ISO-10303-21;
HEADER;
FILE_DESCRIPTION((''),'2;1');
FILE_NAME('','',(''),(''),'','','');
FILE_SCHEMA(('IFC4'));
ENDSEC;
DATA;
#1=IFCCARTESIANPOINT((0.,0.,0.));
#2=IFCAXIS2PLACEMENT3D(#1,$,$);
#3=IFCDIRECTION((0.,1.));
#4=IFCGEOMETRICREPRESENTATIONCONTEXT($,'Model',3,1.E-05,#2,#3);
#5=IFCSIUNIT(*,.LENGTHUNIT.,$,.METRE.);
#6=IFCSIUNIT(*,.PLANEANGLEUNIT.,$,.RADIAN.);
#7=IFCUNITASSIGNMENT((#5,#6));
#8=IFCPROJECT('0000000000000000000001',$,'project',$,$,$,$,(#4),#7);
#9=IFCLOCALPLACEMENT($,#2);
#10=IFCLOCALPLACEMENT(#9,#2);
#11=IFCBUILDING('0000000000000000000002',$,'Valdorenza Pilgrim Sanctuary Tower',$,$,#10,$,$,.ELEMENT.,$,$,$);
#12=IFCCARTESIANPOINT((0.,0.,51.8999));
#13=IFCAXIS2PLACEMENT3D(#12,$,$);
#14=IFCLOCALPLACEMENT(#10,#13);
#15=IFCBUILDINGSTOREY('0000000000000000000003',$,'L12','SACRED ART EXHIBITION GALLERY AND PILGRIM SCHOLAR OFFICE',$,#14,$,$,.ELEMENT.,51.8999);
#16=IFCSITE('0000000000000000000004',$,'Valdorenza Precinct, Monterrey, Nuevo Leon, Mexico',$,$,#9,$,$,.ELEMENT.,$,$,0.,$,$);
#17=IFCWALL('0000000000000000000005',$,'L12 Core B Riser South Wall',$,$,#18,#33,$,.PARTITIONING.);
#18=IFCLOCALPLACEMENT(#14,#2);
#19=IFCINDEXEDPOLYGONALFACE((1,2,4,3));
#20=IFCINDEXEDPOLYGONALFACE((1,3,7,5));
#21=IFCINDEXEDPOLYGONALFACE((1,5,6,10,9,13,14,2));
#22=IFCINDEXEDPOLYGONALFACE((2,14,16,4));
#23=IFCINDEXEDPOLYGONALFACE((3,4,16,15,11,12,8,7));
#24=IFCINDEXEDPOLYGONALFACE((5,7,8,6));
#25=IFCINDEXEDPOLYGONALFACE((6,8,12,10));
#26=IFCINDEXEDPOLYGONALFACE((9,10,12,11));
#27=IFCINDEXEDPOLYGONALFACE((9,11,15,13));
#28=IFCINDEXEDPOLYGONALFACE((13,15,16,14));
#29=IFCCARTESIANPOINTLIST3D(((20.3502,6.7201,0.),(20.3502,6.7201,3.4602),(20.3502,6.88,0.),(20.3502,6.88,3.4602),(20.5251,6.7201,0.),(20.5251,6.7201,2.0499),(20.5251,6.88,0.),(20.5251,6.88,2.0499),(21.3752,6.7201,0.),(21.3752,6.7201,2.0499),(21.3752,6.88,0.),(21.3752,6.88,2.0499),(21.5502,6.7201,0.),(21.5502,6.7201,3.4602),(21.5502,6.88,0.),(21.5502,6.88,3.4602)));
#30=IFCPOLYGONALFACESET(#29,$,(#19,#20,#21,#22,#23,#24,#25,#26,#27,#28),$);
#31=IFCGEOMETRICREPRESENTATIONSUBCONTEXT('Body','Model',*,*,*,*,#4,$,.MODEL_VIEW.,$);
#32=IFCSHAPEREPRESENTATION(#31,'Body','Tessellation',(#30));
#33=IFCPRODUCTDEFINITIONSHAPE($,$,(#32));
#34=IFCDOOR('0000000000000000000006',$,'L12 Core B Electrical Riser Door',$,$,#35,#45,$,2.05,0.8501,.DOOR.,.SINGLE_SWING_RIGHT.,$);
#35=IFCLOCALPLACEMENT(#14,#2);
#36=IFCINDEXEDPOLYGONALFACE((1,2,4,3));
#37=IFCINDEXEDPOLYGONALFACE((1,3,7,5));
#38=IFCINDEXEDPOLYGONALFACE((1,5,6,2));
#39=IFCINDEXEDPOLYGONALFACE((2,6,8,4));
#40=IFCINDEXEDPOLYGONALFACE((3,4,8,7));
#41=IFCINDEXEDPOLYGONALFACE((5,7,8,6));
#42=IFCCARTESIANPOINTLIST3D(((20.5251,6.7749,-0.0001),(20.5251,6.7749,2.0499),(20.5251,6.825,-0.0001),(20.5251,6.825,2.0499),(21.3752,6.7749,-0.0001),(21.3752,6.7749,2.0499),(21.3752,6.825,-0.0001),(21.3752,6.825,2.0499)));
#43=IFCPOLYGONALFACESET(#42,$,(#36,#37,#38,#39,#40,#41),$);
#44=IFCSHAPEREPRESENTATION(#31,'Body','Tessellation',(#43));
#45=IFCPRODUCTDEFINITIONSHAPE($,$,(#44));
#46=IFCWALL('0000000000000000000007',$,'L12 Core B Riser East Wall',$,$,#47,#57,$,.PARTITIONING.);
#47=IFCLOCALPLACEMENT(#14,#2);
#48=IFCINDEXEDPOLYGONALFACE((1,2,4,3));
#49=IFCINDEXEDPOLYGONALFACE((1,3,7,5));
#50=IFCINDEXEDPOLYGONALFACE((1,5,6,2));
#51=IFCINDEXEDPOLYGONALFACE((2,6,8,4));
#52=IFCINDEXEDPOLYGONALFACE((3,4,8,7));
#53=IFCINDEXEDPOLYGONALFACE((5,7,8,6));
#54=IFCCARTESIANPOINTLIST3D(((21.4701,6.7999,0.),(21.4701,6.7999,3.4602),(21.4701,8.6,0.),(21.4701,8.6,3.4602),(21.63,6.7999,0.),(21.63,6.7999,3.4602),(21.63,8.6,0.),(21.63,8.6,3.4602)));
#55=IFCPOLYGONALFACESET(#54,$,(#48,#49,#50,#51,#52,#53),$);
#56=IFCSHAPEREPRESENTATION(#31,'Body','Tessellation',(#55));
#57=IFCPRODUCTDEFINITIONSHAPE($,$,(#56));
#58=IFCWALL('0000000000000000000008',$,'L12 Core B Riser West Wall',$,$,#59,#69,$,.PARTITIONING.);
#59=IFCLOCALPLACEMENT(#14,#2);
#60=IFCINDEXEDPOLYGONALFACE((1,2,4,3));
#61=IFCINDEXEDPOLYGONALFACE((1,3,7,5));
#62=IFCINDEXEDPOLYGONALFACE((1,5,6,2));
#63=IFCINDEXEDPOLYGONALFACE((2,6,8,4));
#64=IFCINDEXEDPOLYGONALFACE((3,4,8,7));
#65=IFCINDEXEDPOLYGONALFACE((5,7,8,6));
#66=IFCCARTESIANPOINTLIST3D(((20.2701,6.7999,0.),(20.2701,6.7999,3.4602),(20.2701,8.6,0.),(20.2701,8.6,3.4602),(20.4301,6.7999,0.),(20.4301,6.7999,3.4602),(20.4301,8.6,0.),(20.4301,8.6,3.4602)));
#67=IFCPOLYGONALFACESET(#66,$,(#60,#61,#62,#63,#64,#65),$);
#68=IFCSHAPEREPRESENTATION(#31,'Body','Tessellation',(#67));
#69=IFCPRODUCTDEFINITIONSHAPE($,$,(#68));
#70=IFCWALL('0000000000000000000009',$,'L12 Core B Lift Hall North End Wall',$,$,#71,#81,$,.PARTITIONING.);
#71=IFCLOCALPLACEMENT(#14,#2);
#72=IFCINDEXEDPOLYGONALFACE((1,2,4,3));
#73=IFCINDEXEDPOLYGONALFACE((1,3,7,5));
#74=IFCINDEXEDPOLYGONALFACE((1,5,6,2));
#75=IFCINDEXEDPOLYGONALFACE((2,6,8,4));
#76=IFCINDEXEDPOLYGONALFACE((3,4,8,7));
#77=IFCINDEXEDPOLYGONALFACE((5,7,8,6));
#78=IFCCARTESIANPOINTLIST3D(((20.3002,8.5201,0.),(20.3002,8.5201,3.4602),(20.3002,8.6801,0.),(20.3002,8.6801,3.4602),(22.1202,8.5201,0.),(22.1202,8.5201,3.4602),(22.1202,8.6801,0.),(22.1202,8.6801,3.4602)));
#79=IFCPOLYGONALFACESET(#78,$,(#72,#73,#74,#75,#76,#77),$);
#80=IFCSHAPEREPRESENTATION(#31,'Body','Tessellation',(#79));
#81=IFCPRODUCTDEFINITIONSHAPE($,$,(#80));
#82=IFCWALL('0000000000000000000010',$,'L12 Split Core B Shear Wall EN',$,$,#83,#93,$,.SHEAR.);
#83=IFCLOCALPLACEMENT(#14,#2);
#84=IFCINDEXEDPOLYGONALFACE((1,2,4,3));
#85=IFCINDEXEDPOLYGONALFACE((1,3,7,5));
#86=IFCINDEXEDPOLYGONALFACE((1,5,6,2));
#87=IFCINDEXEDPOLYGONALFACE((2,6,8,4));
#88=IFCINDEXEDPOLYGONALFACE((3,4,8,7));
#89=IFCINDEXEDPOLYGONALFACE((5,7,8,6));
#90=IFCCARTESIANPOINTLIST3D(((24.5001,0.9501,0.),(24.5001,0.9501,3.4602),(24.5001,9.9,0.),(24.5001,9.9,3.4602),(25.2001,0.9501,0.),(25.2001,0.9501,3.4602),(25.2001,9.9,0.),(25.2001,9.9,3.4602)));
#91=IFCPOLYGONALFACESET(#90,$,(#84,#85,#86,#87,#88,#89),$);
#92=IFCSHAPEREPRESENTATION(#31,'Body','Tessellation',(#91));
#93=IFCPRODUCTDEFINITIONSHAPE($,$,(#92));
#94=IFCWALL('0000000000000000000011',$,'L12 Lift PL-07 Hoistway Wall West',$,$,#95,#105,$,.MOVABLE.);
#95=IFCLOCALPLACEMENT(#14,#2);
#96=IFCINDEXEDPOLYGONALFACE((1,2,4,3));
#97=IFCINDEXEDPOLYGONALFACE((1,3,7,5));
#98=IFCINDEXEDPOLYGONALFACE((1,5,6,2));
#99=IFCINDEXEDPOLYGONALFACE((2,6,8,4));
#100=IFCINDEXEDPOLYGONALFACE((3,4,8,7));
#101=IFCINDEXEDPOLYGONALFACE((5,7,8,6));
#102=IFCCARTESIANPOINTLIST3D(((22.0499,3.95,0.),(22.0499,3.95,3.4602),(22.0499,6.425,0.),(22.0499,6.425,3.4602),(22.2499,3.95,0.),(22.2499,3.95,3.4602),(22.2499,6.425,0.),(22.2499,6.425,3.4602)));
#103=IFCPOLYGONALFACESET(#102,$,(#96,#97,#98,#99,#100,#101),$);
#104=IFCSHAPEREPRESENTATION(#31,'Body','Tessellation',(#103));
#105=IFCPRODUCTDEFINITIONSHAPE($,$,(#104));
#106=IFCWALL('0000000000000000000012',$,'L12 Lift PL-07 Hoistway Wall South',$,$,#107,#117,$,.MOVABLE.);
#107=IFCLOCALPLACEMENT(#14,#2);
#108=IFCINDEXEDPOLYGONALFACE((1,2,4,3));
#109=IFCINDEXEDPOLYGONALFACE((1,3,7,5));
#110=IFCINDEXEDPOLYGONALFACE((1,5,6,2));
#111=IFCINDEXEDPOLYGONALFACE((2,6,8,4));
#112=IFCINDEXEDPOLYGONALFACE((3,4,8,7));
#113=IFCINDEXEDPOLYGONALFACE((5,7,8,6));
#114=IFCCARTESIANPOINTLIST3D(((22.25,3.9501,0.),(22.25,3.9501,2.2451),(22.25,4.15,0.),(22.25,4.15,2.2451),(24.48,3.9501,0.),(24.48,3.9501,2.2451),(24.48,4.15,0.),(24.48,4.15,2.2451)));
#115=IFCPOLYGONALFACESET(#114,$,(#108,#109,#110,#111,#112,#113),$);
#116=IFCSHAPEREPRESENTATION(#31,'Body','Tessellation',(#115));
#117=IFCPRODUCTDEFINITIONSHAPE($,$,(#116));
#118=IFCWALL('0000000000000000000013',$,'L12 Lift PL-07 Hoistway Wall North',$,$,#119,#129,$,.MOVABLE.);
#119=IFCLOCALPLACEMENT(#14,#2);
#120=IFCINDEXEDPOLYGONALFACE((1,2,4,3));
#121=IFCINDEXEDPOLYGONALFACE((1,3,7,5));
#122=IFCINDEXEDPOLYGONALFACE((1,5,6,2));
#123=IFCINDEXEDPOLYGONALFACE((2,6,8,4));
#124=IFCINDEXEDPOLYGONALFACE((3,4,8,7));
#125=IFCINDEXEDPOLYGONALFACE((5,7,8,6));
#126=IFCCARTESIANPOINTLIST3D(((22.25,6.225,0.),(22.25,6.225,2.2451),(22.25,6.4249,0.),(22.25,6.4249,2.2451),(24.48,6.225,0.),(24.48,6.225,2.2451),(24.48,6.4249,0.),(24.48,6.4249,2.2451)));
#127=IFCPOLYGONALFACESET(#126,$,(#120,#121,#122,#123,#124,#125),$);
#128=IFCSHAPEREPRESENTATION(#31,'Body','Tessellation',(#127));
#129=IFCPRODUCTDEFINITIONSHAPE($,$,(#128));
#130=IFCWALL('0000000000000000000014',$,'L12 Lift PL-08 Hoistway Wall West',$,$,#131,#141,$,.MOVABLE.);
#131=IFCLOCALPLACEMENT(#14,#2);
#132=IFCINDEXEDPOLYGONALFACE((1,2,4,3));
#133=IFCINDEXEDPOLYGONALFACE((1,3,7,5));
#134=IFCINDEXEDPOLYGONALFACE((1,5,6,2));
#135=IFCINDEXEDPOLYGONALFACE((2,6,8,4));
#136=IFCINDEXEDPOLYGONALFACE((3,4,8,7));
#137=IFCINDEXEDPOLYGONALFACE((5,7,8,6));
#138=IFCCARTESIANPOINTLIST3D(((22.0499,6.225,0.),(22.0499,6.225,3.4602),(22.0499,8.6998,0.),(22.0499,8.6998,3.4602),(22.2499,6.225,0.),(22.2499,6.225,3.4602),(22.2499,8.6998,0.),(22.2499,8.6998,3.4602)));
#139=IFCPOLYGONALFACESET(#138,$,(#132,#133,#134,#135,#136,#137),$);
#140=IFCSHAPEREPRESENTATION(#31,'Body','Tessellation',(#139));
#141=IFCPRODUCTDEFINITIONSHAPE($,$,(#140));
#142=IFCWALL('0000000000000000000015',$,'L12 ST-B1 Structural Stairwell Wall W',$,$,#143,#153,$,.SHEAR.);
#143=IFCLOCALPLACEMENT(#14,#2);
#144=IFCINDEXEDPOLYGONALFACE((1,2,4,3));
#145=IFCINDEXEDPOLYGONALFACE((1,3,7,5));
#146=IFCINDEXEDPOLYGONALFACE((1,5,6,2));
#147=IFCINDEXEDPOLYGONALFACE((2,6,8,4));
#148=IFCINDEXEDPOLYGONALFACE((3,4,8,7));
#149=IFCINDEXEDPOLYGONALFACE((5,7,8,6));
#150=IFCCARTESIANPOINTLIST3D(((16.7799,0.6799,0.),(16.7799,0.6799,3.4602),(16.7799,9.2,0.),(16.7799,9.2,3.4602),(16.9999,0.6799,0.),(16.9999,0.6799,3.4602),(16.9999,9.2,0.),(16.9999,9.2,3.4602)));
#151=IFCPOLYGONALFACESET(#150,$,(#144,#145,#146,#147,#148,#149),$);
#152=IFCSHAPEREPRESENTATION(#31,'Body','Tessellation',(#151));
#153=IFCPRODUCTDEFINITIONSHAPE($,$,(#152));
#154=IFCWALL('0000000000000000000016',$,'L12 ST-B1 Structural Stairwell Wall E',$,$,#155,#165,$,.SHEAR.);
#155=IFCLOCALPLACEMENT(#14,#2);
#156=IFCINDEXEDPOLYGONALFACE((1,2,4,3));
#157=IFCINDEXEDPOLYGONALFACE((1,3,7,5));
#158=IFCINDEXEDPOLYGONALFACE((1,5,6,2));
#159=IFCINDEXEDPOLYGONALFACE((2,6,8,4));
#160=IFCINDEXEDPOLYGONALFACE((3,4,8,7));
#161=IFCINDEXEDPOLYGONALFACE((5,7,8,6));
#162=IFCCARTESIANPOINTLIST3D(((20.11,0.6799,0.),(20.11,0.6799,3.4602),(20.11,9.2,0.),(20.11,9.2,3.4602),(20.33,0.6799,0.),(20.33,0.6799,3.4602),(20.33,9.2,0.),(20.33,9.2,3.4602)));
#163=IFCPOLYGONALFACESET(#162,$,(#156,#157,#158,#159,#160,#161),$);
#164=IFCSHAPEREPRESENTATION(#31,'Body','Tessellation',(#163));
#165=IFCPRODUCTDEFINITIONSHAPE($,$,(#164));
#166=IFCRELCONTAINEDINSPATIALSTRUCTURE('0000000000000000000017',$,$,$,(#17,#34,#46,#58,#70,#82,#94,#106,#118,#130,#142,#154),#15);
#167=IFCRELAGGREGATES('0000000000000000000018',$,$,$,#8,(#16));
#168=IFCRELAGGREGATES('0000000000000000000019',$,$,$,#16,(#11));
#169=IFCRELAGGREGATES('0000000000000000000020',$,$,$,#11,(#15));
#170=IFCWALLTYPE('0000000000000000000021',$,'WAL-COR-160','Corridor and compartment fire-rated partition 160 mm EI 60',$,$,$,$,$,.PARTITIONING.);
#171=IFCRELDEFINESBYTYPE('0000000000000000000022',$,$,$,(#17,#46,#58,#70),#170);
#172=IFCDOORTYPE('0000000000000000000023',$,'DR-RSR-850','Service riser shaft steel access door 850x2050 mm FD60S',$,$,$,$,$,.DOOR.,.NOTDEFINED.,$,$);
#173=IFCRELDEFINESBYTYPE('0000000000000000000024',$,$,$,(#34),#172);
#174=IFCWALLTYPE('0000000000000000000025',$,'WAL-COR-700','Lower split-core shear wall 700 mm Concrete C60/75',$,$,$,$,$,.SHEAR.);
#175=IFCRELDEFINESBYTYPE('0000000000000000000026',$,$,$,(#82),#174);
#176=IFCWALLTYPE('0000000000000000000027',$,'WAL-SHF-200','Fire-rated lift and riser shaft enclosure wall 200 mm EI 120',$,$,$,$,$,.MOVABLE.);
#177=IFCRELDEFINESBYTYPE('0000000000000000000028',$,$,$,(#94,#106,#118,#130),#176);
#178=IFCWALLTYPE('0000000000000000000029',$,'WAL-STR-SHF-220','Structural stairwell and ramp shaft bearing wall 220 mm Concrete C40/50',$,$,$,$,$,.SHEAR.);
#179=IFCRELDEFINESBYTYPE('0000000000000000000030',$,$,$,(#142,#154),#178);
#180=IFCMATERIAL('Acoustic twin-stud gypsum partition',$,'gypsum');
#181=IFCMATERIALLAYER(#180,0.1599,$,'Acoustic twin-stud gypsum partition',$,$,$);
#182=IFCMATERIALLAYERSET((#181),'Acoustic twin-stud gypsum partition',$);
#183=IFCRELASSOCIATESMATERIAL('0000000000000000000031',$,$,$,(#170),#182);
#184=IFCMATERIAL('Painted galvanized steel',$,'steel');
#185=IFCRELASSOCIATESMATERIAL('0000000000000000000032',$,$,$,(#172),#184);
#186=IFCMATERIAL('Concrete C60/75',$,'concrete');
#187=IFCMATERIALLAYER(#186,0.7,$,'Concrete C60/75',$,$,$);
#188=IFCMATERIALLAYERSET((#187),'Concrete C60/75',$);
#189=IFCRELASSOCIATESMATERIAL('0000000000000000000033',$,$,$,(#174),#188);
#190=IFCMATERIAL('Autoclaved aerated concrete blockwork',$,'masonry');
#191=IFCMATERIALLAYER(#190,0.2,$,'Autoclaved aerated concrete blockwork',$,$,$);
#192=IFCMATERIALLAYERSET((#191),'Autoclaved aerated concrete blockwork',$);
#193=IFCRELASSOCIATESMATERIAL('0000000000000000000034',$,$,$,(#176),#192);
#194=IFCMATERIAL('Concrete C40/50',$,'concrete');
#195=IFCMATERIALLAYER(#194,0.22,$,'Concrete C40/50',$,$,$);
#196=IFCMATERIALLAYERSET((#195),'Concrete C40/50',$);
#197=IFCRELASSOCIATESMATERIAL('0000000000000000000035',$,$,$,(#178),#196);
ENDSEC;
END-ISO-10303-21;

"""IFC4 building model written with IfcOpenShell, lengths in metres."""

from ifc_helpers import new_model, si_unit, direction, frame, frame_2d, origin, place, context, subcontext, project, spatial, rectangle, extrude, material, layer, layer_set, type_object, element, fill, save


model = new_model("IFC4")

# Units and contexts
model_context = context("Model", 3, precision=1e-05, world=origin(), true_north=direction((0.0, 1.0)))
body_context = subcontext(model_context, "Body", "Model", "MODEL_VIEW")
ifc_project = project(units=[si_unit("LENGTHUNIT", "METRE"), si_unit("PLANEANGLEUNIT", "RADIAN")], contexts=[model_context])

# Site, building, storey
site_placement = place(None, origin())
site = spatial("IfcSite", under=ifc_project, at=site_placement, Name="Valdorenza Precinct, Monterrey, Nuevo Leon, Mexico", CompositionType="ELEMENT", RefElevation=0.0)
building_placement = place(site_placement, origin())
building = spatial("IfcBuilding", under=site, at=building_placement, Name="Valdorenza Pilgrim Sanctuary Tower", CompositionType="ELEMENT")
storey_placement = place(building_placement, frame((0.0, 0.0, 51.8999)))
storey = spatial("IfcBuildingStorey", under=building, at=storey_placement, Name="L12", Description="SACRED ART EXHIBITION GALLERY AND PILGRIM SCHOLAR OFFICE", CompositionType="ELEMENT", Elevation=51.8999)

# Wall, opening, door
ifc_material_1 = material(Name="Acoustic twin-stud gypsum partition", Category="gypsum")
ifc_layer_1 = layer(ifc_material_1, 0.1599, Name="Acoustic twin-stud gypsum partition")
ifc_layer_set_1 = layer_set([ifc_layer_1], Name="Acoustic twin-stud gypsum partition")
wall_type_1 = type_object("IfcWallType", Name="WAL-COR-160", Description="Corridor and compartment fire-rated partition 160 mm EI 60", PredefinedType="PARTITIONING", material=ifc_layer_set_1)
wall_1_placement = place(storey_placement, frame((20.3501, 6.8, 0.0), z_axis=(0.0, 0.0, 1.0), x_axis=(1.0, 0.0, 0.0)))
wall_1 = element("IfcWall", 1, at=wall_1_placement, inside=storey, type_object=wall_type_1, Name="L12 Core B Riser South Wall", PredefinedType="PARTITIONING", context=body_context, shape_type="SweptSolid", body=[
    extrude(rectangle(XDim=1.2, YDim=0.1599, at=frame_2d((0.6001, 0.0))), origin(), (0.0, 0.0, 1.0), 3.4602),
])
opening_1_placement = place(wall_1_placement, frame((0.175, 0.0, 0.0)))
opening_1 = element("IfcOpeningElement", 2, at=opening_1_placement, cuts=wall_1, PredefinedType="OPENING", context=body_context, shape_type="SweptSolid", body=[
    extrude(rectangle(XDim=0.8501, YDim=2.05, at=frame_2d((0.425, 1.0249))), frame((0.0, 0.0947, 0.0), z_axis=(0.0, -1.0, 0.0), x_axis=(1.0, 0.0, 0.0)), (0.0, 0.0, 1.0), 0.1897),
])
ifc_material_2 = material(Name="Painted galvanized steel", Category="steel")
door_type_1 = type_object("IfcDoorType", Name="DR-RSR-850", Description="Service riser shaft steel access door 850x2050 mm FD60S", OperationType="NOTDEFINED", PredefinedType="DOOR", material=ifc_material_2)
door_1_placement = place(opening_1_placement, origin())
door_1 = element("IfcDoor", 3, at=door_1_placement, inside=storey, type_object=door_type_1, Name="L12 Core B Electrical Riser Door", OperationType="SINGLE_SWING_RIGHT", OverallHeight=2.05, OverallWidth=0.8501, PredefinedType="DOOR", context=body_context, shape_type="SweptSolid", body=[
    extrude(rectangle(XDim=0.8501, YDim=2.05, at=frame_2d((0.425, 1.0249))), frame((0.0, 0.0249, 0.0), z_axis=(0.0, -1.0, 0.0), x_axis=(1.0, 0.0, 0.0)), (0.0, 0.0, 1.0), 0.05),
])
fill(opening_1, door_1)

# Walls
for number, where, z_axis, x_axis, name in (
    (4, (21.55, 6.8, 0.0), (0.0, 0.0, 1.0), (0.0, 1.0, 0.0), "L12 Core B Riser East Wall"),
    (5, (20.3501, 6.8, 0.0), (0.0, 0.0, 1.0), (0.0, 1.0, 0.0), "L12 Core B Riser West Wall"),
):
    element("IfcWall", number, at=place(storey_placement, frame(where, z_axis=z_axis, x_axis=x_axis)), inside=storey, type_object=wall_type_1, Name=name, PredefinedType="PARTITIONING", context=body_context, shape_type="SweptSolid", body=[
        extrude(rectangle(XDim=1.8, YDim=0.1599, at=frame_2d((0.8999, 0.0))), origin(), (0.0, 0.0, 1.0), 3.4602),
    ])
wall_2_placement = place(storey_placement, frame((20.3, 8.6001, 0.0), z_axis=(0.0, 0.0, 1.0), x_axis=(1.0, 0.0, 0.0)))
element("IfcWall", 6, at=wall_2_placement, inside=storey, type_object=wall_type_1, Name="L12 Core B Lift Hall North End Wall", PredefinedType="PARTITIONING", context=body_context, shape_type="SweptSolid", body=[
    extrude(rectangle(XDim=1.8201, YDim=0.1599, at=frame_2d((0.9102, 0.0))), origin(), (0.0, 0.0, 1.0), 3.4602),
])
ifc_material_3 = material(Name="Concrete C60/75", Category="concrete")
ifc_layer_2 = layer(ifc_material_3, 0.7, Name="Concrete C60/75")
ifc_layer_set_2 = layer_set([ifc_layer_2], Name="Concrete C60/75")
wall_type_2 = type_object("IfcWallType", Name="WAL-COR-700", Description="Lower split-core shear wall 700 mm Concrete C60/75", PredefinedType="SHEAR", material=ifc_layer_set_2)
wall_3_placement = place(storey_placement, frame((24.8501, 0.95, 0.0), z_axis=(0.0, 0.0, 1.0), x_axis=(0.0, 1.0, 0.0)))
element("IfcWall", 7, at=wall_3_placement, inside=storey, type_object=wall_type_2, Name="L12 Split Core B Shear Wall EN", PredefinedType="SHEAR", context=body_context, shape_type="SweptSolid", body=[
    extrude(rectangle(XDim=8.95, YDim=0.7, at=frame_2d((4.4751, 0.0))), origin(), (0.0, 0.0, 1.0), 3.4602),
])
ifc_material_4 = material(Name="Autoclaved aerated concrete blockwork", Category="masonry")
ifc_layer_3 = layer(ifc_material_4, 0.2, Name="Autoclaved aerated concrete blockwork")
ifc_layer_set_3 = layer_set([ifc_layer_3], Name="Autoclaved aerated concrete blockwork")
wall_type_3 = type_object("IfcWallType", Name="WAL-SHF-200", Description="Fire-rated lift and riser shaft enclosure wall 200 mm EI 120", PredefinedType="MOVABLE", material=ifc_layer_set_3)
wall_4_placement = place(storey_placement, frame((22.1499, 3.95, 0.0), z_axis=(0.0, 0.0, 1.0), x_axis=(0.0, 1.0, 0.0)))
element("IfcWall", 8, at=wall_4_placement, inside=storey, type_object=wall_type_3, Name="L12 Lift PL-07 Hoistway Wall West", PredefinedType="MOVABLE", context=body_context, shape_type="SweptSolid", body=[
    extrude(rectangle(XDim=2.4751, YDim=0.2, at=frame_2d((1.2375, 0.0))), origin(), (0.0, 0.0, 1.0), 3.4602),
])
for number, where, z_axis, x_axis, name in (
    (9, (22.25, 4.05, 0.0), (0.0, 0.0, 1.0), (1.0, 0.0, 0.0), "L12 Lift PL-07 Hoistway Wall South"),
    (10, (22.25, 6.325, 0.0), (0.0, 0.0, 1.0), (1.0, 0.0, 0.0), "L12 Lift PL-07 Hoistway Wall North"),
):
    element("IfcWall", number, at=place(storey_placement, frame(where, z_axis=z_axis, x_axis=x_axis)), inside=storey, type_object=wall_type_3, Name=name, PredefinedType="MOVABLE", context=body_context, shape_type="SweptSolid", body=[
        extrude(rectangle(XDim=2.23, YDim=0.2, at=frame_2d((1.115, 0.0))), origin(), (0.0, 0.0, 1.0), 2.2451),
    ])
wall_5_placement = place(storey_placement, frame((22.1499, 6.2251, 0.0), z_axis=(0.0, 0.0, 1.0), x_axis=(0.0, 1.0, 0.0)))
element("IfcWall", 11, at=wall_5_placement, inside=storey, type_object=wall_type_3, Name="L12 Lift PL-08 Hoistway Wall West", PredefinedType="MOVABLE", context=body_context, shape_type="SweptSolid", body=[
    extrude(rectangle(XDim=2.4749, YDim=0.2, at=frame_2d((1.2373, 0.0))), origin(), (0.0, 0.0, 1.0), 3.4602),
])
ifc_material_5 = material(Name="Concrete C40/50", Category="concrete")
ifc_layer_4 = layer(ifc_material_5, 0.22, Name="Concrete C40/50")
ifc_layer_set_4 = layer_set([ifc_layer_4], Name="Concrete C40/50")
wall_type_4 = type_object("IfcWallType", Name="WAL-STR-SHF-220", Description="Structural stairwell and ramp shaft bearing wall 220 mm Concrete C40/50", PredefinedType="SHEAR", material=ifc_layer_set_4)
for number, where, z_axis, x_axis, name in (
    (12, (16.8899, 0.6799, 0.0), (0.0, 0.0, 1.0), (0.0, 1.0, 0.0), "L12 ST-B1 Structural Stairwell Wall W"),
    (13, (20.22, 0.6799, 0.0), (0.0, 0.0, 1.0), (0.0, 1.0, 0.0), "L12 ST-B1 Structural Stairwell Wall E"),
):
    element("IfcWall", number, at=place(storey_placement, frame(where, z_axis=z_axis, x_axis=x_axis)), inside=storey, type_object=wall_type_4, Name=name, PredefinedType="SHEAR", context=body_context, shape_type="SweptSolid", body=[
        extrude(rectangle(XDim=8.52, YDim=0.22, at=frame_2d((4.26, 0.0))), origin(), (0.0, 0.0, 1.0), 3.4602),
    ])

save(model, "model.ifc")
